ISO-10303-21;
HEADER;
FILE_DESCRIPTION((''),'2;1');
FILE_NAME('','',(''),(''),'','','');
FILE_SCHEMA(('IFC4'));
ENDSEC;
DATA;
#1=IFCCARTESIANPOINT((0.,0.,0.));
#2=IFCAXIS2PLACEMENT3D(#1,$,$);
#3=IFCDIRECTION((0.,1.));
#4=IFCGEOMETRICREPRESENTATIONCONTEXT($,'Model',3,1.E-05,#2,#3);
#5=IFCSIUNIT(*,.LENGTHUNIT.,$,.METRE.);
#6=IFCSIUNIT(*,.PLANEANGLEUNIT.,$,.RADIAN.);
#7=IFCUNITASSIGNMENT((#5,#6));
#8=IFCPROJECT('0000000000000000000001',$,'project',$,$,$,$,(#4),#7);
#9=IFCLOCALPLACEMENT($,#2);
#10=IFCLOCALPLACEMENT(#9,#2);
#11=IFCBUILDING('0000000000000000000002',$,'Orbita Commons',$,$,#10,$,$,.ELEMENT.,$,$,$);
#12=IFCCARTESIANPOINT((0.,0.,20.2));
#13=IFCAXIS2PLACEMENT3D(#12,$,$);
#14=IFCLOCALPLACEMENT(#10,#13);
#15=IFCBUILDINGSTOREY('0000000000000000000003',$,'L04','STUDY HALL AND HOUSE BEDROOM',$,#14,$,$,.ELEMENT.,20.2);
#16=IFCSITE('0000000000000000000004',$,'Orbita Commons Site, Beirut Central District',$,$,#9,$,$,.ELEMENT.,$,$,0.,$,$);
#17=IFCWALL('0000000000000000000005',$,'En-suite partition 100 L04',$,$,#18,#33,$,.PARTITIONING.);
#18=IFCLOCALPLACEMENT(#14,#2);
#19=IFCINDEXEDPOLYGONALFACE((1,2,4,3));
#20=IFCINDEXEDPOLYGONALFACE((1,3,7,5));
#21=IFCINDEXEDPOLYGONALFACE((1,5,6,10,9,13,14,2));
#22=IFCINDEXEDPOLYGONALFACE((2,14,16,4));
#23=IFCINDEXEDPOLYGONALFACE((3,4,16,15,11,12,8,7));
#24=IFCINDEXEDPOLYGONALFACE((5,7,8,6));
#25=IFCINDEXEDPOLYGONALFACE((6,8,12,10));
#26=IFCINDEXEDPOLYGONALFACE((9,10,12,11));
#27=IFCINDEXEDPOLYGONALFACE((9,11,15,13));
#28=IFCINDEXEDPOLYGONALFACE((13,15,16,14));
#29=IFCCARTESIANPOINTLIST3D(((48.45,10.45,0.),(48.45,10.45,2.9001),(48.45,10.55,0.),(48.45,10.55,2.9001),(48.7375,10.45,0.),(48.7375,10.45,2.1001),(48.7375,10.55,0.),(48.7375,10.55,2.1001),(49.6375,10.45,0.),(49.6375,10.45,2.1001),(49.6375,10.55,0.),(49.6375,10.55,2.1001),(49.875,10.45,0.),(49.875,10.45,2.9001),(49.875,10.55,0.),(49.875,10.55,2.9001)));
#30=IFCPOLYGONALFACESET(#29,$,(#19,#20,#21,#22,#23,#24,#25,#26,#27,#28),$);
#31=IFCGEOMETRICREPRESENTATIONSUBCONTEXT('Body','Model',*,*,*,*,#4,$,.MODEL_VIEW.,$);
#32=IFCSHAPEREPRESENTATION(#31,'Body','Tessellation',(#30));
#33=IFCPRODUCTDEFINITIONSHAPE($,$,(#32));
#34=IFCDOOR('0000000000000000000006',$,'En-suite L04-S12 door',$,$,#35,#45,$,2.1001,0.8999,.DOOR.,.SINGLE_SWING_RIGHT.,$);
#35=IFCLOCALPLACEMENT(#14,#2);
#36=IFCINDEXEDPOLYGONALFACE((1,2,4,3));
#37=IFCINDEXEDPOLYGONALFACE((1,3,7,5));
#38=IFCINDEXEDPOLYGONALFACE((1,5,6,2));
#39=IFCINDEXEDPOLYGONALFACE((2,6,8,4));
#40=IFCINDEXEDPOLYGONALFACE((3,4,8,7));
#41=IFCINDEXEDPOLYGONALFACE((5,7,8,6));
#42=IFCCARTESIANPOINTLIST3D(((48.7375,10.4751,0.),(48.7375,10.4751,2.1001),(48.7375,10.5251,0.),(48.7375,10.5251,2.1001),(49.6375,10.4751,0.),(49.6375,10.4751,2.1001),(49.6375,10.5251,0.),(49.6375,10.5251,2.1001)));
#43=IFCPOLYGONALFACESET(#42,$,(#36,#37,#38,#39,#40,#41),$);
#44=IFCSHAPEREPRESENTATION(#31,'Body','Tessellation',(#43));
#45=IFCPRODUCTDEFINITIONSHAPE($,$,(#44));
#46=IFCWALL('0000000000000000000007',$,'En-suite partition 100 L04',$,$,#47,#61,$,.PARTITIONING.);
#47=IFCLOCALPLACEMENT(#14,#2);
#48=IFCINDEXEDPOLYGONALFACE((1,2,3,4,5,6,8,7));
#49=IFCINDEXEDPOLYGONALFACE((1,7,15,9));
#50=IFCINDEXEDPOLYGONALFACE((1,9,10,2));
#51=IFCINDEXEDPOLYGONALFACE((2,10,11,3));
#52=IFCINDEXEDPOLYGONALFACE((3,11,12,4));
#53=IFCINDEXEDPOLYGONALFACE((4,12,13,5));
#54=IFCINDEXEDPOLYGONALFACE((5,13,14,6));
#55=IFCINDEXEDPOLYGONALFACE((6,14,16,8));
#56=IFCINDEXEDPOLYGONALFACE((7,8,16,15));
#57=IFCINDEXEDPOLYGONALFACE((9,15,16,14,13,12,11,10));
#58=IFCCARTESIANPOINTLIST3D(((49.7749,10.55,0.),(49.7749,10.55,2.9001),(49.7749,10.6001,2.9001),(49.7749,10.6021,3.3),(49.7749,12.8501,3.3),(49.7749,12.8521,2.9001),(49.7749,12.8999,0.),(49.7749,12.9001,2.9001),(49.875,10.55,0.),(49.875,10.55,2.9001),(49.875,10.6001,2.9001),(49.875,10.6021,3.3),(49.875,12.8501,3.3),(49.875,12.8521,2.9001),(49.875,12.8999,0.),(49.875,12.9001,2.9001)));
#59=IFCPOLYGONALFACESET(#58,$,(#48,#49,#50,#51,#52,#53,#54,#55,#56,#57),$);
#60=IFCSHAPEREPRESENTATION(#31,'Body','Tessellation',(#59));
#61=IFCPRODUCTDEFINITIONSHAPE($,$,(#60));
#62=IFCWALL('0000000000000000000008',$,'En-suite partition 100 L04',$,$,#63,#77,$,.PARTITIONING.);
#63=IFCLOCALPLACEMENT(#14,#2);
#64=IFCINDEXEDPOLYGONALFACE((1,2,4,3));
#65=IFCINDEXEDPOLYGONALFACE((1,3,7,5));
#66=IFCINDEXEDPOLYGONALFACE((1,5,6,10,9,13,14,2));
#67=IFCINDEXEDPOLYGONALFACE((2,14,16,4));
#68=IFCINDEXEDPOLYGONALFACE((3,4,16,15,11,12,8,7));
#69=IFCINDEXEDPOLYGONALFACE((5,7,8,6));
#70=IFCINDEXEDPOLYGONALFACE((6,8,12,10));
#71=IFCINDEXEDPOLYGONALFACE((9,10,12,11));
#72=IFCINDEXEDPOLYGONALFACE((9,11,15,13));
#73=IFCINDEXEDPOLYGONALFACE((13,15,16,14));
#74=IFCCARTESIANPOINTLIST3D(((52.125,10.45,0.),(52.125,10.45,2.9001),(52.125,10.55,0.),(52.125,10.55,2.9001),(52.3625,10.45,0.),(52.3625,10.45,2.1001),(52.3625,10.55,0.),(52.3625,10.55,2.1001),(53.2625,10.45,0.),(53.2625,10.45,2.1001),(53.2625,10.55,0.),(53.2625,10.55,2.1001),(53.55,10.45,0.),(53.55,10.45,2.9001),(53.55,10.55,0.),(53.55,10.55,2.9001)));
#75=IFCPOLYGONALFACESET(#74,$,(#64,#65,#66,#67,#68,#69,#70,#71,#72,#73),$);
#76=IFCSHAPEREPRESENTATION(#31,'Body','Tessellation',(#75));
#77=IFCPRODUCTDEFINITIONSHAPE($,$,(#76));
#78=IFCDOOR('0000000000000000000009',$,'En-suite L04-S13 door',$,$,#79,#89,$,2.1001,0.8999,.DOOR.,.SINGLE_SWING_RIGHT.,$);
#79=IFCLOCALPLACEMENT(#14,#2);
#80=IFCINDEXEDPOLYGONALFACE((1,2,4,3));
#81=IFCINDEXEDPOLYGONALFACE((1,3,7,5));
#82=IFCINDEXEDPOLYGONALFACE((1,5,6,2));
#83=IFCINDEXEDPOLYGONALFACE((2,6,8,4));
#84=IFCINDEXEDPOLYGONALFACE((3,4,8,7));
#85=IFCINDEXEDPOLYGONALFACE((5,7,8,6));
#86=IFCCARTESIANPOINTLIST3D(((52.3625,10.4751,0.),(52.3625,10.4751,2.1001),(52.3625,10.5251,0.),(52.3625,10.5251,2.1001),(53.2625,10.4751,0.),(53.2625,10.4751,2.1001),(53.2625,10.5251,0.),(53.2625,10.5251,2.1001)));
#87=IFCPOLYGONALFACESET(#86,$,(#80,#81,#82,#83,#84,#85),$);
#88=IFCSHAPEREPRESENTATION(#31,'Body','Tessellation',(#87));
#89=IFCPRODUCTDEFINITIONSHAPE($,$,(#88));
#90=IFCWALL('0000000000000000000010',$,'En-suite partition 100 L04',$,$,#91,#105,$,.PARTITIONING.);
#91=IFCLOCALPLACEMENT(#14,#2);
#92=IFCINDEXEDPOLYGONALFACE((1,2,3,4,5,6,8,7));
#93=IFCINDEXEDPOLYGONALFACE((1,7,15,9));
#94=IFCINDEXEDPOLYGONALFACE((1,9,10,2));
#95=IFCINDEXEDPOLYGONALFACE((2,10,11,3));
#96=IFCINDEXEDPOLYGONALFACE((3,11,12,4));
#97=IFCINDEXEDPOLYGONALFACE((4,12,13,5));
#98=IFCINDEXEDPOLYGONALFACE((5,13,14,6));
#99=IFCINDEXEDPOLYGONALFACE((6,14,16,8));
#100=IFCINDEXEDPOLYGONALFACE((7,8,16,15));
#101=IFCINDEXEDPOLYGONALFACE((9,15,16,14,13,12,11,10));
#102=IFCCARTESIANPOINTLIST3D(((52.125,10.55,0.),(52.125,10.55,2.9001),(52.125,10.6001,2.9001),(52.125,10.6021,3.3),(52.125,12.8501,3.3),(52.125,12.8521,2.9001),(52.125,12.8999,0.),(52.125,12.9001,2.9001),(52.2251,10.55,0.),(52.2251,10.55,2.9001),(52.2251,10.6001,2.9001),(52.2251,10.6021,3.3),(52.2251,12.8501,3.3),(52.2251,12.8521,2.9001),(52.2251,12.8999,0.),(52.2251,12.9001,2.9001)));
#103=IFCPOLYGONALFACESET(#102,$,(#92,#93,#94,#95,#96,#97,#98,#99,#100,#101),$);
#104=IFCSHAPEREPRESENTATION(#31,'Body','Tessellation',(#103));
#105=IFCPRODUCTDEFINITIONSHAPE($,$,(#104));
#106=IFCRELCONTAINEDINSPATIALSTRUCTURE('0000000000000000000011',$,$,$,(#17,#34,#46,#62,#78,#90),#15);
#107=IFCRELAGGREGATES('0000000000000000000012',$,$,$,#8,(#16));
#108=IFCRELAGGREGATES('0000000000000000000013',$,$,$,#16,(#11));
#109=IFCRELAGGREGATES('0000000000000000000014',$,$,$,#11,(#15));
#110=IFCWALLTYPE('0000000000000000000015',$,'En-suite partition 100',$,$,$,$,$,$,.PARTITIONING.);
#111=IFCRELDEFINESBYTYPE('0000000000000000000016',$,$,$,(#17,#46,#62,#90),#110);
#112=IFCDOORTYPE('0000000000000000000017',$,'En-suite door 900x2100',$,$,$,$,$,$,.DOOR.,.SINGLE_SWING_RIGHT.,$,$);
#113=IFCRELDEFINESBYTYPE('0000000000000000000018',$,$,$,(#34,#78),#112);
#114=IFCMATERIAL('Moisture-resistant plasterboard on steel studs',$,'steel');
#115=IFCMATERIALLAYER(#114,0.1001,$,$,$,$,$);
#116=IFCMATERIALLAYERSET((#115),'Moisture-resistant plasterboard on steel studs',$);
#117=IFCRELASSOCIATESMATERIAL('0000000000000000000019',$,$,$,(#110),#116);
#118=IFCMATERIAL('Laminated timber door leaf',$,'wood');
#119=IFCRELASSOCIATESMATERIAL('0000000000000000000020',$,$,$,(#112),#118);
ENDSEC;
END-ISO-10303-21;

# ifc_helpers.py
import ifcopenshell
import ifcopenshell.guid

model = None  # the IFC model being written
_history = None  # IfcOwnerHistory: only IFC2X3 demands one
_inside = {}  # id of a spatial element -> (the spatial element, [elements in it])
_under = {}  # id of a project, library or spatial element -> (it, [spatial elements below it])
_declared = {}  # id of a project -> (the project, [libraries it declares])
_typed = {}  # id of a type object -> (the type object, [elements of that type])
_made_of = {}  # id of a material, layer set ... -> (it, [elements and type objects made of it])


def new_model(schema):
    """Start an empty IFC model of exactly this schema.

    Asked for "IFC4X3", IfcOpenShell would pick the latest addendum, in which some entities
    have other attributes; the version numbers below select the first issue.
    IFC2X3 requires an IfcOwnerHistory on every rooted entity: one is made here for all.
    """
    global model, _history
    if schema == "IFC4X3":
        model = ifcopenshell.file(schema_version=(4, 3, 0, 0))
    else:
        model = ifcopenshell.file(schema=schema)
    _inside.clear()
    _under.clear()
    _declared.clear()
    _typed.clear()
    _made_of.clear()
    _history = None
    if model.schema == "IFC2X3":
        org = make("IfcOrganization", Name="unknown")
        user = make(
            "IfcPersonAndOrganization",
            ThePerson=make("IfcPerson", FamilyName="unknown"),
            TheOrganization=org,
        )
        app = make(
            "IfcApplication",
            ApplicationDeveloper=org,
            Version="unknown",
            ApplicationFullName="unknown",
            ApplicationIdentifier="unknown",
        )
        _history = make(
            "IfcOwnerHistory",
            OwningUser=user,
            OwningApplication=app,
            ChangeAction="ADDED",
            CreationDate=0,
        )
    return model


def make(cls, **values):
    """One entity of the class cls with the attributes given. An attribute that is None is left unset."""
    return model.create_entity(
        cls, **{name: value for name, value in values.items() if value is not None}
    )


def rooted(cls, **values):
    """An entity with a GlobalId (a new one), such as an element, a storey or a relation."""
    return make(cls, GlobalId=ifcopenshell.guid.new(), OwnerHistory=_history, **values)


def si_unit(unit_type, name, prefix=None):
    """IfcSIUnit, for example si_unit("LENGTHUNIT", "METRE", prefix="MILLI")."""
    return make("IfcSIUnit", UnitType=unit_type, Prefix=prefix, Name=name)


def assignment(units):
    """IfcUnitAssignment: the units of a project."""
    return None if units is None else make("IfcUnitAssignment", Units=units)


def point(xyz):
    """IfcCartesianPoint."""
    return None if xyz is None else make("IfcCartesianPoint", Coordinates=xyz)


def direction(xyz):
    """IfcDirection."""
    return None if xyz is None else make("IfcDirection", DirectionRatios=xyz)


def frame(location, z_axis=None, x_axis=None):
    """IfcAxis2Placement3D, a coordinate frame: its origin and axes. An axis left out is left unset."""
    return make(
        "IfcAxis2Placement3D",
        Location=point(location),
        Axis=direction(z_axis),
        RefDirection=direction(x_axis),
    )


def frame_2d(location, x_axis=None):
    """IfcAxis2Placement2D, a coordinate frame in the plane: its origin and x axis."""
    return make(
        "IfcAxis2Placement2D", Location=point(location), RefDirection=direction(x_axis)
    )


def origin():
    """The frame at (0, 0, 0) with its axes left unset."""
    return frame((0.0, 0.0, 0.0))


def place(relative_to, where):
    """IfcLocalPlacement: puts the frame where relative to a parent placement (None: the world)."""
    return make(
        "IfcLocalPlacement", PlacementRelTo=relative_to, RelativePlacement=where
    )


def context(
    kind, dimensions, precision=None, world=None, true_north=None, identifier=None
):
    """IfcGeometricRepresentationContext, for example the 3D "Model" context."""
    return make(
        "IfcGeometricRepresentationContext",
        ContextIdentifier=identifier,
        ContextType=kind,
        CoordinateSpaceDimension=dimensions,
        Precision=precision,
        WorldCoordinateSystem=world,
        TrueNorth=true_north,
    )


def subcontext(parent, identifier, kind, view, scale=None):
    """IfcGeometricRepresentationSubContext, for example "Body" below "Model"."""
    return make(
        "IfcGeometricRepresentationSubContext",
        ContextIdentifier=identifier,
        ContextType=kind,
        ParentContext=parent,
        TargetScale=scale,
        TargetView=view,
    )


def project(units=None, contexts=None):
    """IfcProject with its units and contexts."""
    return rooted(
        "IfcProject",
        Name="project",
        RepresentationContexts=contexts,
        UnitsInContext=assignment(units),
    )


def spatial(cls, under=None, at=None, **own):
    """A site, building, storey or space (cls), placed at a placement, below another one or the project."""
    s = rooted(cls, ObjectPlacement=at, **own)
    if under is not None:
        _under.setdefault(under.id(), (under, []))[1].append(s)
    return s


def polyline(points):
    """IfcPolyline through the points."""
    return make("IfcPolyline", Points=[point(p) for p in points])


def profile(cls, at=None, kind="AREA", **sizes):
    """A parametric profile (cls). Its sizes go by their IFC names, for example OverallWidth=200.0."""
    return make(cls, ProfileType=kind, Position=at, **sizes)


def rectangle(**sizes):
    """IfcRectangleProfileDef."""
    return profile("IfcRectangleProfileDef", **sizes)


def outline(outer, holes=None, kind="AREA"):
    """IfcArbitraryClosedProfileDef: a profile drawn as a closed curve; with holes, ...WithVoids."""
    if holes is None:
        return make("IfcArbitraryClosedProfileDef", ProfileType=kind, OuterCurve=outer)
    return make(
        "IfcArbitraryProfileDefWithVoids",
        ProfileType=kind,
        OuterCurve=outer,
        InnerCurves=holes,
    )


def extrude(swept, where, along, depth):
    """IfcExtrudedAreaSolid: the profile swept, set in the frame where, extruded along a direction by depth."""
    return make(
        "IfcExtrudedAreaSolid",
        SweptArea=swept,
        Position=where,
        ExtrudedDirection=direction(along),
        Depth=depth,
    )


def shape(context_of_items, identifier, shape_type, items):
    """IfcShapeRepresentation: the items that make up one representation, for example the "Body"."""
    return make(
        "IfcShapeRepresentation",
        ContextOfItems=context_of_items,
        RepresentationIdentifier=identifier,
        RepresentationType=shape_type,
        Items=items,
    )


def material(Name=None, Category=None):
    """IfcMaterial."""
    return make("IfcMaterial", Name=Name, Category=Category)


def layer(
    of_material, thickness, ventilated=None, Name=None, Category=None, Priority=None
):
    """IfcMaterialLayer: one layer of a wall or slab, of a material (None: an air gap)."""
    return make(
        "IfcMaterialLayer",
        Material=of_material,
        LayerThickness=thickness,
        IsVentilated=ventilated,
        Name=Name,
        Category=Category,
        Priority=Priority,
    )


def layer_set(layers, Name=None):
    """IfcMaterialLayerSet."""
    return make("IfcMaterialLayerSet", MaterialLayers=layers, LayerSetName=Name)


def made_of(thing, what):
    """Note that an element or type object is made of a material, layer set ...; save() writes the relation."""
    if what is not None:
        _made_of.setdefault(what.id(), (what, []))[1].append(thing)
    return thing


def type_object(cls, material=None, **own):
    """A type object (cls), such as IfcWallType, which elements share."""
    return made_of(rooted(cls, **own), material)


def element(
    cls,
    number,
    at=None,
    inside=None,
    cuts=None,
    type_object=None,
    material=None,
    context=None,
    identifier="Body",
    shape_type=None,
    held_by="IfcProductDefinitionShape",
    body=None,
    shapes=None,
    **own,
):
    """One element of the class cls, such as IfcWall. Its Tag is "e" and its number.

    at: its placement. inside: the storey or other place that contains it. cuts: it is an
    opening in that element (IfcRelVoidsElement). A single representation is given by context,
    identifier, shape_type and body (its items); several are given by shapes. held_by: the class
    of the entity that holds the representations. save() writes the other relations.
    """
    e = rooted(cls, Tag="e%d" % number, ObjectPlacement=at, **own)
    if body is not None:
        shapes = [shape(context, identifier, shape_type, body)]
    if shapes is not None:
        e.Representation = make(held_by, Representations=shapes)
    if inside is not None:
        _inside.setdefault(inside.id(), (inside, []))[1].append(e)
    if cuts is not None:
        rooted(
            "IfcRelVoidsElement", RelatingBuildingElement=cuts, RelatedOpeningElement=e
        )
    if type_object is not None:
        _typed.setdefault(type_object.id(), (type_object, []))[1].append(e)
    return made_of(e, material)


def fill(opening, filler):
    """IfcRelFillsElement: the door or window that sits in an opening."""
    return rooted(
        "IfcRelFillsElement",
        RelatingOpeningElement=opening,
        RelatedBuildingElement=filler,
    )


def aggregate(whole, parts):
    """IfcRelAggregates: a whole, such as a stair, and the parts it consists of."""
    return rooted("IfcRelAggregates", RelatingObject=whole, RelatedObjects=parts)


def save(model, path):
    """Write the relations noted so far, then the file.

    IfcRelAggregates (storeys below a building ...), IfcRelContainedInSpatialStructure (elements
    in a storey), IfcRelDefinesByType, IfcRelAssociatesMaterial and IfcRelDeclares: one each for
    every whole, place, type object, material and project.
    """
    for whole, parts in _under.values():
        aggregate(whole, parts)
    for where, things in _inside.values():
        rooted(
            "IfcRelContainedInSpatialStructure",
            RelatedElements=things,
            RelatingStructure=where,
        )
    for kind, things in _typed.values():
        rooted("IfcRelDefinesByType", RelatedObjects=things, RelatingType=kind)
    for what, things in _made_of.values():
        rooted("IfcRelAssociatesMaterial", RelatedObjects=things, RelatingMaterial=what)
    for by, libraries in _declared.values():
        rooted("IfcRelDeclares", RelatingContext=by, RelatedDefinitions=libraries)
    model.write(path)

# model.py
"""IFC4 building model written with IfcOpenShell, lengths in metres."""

from ifc_helpers import new_model, si_unit, direction, frame, frame_2d, origin, place, context, subcontext, project, spatial, polyline, rectangle, outline, extrude, material, layer, layer_set, type_object, element, fill, save


model = new_model("IFC4")

# Units and contexts
model_context = context("Model", 3, precision=1e-05, world=origin(), true_north=direction((0.0, 1.0)))
body_context = subcontext(model_context, "Body", "Model", "MODEL_VIEW")
ifc_project = project(units=[si_unit("LENGTHUNIT", "METRE"), si_unit("PLANEANGLEUNIT", "RADIAN")], contexts=[model_context])

# Site, building, storey
site_placement = place(None, origin())
site = spatial("IfcSite", under=ifc_project, at=site_placement, Name="Orbita Commons Site, Beirut Central District", CompositionType="ELEMENT", RefElevation=0.0)
building_placement = place(site_placement, origin())
building = spatial("IfcBuilding", under=site, at=building_placement, Name="Orbita Commons", CompositionType="ELEMENT")
storey_placement = place(building_placement, frame((0.0, 0.0, 20.2)))
storey = spatial("IfcBuildingStorey", under=building, at=storey_placement, Name="L04", Description="STUDY HALL AND HOUSE BEDROOM", CompositionType="ELEMENT", Elevation=20.2)

# Wall, opening, door
ifc_material_1 = material(Name="Moisture-resistant plasterboard on steel studs", Category="steel")
ifc_layer_1 = layer(ifc_material_1, 0.1001)
ifc_layer_set_1 = layer_set([ifc_layer_1], Name="Moisture-resistant plasterboard on steel studs")
wall_type_1 = type_object("IfcWallType", Name="En-suite partition 100", PredefinedType="PARTITIONING", material=ifc_layer_set_1)
wall_1_placement = place(storey_placement, frame((49.875, 10.5, 0.0), z_axis=(0.0, 0.0, 1.0), x_axis=(-1.0, 0.0, 0.0)))
wall_1 = element("IfcWall", 1, at=wall_1_placement, inside=storey, type_object=wall_type_1, Name="En-suite partition 100 L04", PredefinedType="PARTITIONING", context=body_context, shape_type="SweptSolid", body=[
    extrude(outline(polyline([(0.0, 0.0), (1.425, 0.0), (1.425, 2.9001), (0.0, 2.9001), (0.0, 0.0)])), frame((0.0, 0.05, 0.0), z_axis=(0.0, -1.0, 0.0), x_axis=(1.0, 0.0, 0.0)), (0.0, 0.0, 1.0), 0.1001),
])
opening_1_placement = place(wall_1_placement, frame((0.2375, 0.0, 0.0)))
opening_1 = element("IfcOpeningElement", 2, at=opening_1_placement, cuts=wall_1, PredefinedType="OPENING", context=body_context, shape_type="SweptSolid", body=[
    extrude(rectangle(XDim=0.8999, YDim=2.1001, at=frame_2d((0.45, 1.05))), frame((0.0, 0.0601, 0.0), z_axis=(0.0, -1.0, 0.0), x_axis=(1.0, 0.0, 0.0)), (0.0, 0.0, 1.0), 0.1201),
])
ifc_material_2 = material(Name="Laminated timber door leaf", Category="wood")
door_type = type_object("IfcDoorType", Name="En-suite door 900x2100", OperationType="SINGLE_SWING_RIGHT", PredefinedType="DOOR", material=ifc_material_2)
door_1_placement = place(opening_1_placement, origin())
door_1 = element("IfcDoor", 3, at=door_1_placement, inside=storey, type_object=door_type, Name="En-suite L04-S12 door", OperationType="SINGLE_SWING_RIGHT", OverallHeight=2.1001, OverallWidth=0.8999, PredefinedType="DOOR", context=body_context, shape_type="SweptSolid", body=[
    extrude(rectangle(XDim=0.8999, YDim=2.1001, at=frame_2d((0.45, 1.05))), frame((0.0, 0.0249, 0.0), z_axis=(0.0, -1.0, 0.0), x_axis=(1.0, 0.0, 0.0)), (0.0, 0.0, 1.0), 0.05),
])
fill(opening_1, door_1)

# Wall
wall_2_placement = place(storey_placement, frame((49.825, 10.55, 0.0), z_axis=(0.0, 0.0, 1.0), x_axis=(0.0, 1.0, 0.0)))
element("IfcWall", 4, at=wall_2_placement, inside=storey, type_object=wall_type_1, Name="En-suite partition 100 L04", PredefinedType="PARTITIONING", context=body_context, shape_type="SweptSolid", body=[
    extrude(outline(polyline([(0.0, 0.0), (2.3499, 0.0), (2.3501, 2.9001), (2.302, 2.9001), (2.3, 3.3), (0.052, 3.3), (0.05, 2.9001), (0.0, 2.9001), (0.0, 0.0)])), frame((0.0, 0.05, 0.0), z_axis=(0.0, -1.0, 0.0), x_axis=(1.0, 0.0, 0.0)), (0.0, 0.0, 1.0), 0.1001),
])

# Wall, opening, door
wall_3_placement = place(storey_placement, frame((53.55, 10.5, 0.0), z_axis=(0.0, 0.0, 1.0), x_axis=(-1.0, 0.0, 0.0)))
wall_3 = element("IfcWall", 5, at=wall_3_placement, inside=storey, type_object=wall_type_1, Name="En-suite partition 100 L04", PredefinedType="PARTITIONING", context=body_context, shape_type="SweptSolid", body=[
    extrude(outline(polyline([(0.0, 0.0), (1.425, 0.0), (1.425, 2.9001), (0.0, 2.9001), (0.0, 0.0)])), frame((0.0, 0.05, 0.0), z_axis=(0.0, -1.0, 0.0), x_axis=(1.0, 0.0, 0.0)), (0.0, 0.0, 1.0), 0.1001),
])
opening_2_placement = place(wall_3_placement, frame((0.2876, 0.0, 0.0)))
opening_2 = element("IfcOpeningElement", 6, at=opening_2_placement, cuts=wall_3, PredefinedType="OPENING", context=body_context, shape_type="SweptSolid", body=[
    extrude(rectangle(XDim=0.8999, YDim=2.1001, at=frame_2d((0.45, 1.05))), frame((0.0, 0.0601, 0.0), z_axis=(0.0, -1.0, 0.0), x_axis=(1.0, 0.0, 0.0)), (0.0, 0.0, 1.0), 0.1201),
])
door_2_placement = place(opening_2_placement, origin())
door_2 = element("IfcDoor", 7, at=door_2_placement, inside=storey, type_object=door_type, Name="En-suite L04-S13 door", OperationType="SINGLE_SWING_RIGHT", OverallHeight=2.1001, OverallWidth=0.8999, PredefinedType="DOOR", context=body_context, shape_type="SweptSolid", body=[
    extrude(rectangle(XDim=0.8999, YDim=2.1001, at=frame_2d((0.45, 1.05))), frame((0.0, 0.0249, 0.0), z_axis=(0.0, -1.0, 0.0), x_axis=(1.0, 0.0, 0.0)), (0.0, 0.0, 1.0), 0.05),
])
fill(opening_2, door_2)

# Wall
wall_4_placement = place(storey_placement, frame((52.175, 10.55, 0.0), z_axis=(0.0, 0.0, 1.0), x_axis=(0.0, 1.0, 0.0)))
element("IfcWall", 8, at=wall_4_placement, inside=storey, type_object=wall_type_1, Name="En-suite partition 100 L04", PredefinedType="PARTITIONING", context=body_context, shape_type="SweptSolid", body=[
    extrude(outline(polyline([(0.0, 0.0), (2.3499, 0.0), (2.3501, 2.9001), (2.302, 2.9001), (2.3, 3.3), (0.052, 3.3), (0.05, 2.9001), (0.0, 2.9001), (0.0, 0.0)])), frame((0.0, 0.05, 0.0), z_axis=(0.0, -1.0, 0.0), x_axis=(1.0, 0.0, 0.0)), (0.0, 0.0, 1.0), 0.1001),
])

save(model, "model.ifc")
